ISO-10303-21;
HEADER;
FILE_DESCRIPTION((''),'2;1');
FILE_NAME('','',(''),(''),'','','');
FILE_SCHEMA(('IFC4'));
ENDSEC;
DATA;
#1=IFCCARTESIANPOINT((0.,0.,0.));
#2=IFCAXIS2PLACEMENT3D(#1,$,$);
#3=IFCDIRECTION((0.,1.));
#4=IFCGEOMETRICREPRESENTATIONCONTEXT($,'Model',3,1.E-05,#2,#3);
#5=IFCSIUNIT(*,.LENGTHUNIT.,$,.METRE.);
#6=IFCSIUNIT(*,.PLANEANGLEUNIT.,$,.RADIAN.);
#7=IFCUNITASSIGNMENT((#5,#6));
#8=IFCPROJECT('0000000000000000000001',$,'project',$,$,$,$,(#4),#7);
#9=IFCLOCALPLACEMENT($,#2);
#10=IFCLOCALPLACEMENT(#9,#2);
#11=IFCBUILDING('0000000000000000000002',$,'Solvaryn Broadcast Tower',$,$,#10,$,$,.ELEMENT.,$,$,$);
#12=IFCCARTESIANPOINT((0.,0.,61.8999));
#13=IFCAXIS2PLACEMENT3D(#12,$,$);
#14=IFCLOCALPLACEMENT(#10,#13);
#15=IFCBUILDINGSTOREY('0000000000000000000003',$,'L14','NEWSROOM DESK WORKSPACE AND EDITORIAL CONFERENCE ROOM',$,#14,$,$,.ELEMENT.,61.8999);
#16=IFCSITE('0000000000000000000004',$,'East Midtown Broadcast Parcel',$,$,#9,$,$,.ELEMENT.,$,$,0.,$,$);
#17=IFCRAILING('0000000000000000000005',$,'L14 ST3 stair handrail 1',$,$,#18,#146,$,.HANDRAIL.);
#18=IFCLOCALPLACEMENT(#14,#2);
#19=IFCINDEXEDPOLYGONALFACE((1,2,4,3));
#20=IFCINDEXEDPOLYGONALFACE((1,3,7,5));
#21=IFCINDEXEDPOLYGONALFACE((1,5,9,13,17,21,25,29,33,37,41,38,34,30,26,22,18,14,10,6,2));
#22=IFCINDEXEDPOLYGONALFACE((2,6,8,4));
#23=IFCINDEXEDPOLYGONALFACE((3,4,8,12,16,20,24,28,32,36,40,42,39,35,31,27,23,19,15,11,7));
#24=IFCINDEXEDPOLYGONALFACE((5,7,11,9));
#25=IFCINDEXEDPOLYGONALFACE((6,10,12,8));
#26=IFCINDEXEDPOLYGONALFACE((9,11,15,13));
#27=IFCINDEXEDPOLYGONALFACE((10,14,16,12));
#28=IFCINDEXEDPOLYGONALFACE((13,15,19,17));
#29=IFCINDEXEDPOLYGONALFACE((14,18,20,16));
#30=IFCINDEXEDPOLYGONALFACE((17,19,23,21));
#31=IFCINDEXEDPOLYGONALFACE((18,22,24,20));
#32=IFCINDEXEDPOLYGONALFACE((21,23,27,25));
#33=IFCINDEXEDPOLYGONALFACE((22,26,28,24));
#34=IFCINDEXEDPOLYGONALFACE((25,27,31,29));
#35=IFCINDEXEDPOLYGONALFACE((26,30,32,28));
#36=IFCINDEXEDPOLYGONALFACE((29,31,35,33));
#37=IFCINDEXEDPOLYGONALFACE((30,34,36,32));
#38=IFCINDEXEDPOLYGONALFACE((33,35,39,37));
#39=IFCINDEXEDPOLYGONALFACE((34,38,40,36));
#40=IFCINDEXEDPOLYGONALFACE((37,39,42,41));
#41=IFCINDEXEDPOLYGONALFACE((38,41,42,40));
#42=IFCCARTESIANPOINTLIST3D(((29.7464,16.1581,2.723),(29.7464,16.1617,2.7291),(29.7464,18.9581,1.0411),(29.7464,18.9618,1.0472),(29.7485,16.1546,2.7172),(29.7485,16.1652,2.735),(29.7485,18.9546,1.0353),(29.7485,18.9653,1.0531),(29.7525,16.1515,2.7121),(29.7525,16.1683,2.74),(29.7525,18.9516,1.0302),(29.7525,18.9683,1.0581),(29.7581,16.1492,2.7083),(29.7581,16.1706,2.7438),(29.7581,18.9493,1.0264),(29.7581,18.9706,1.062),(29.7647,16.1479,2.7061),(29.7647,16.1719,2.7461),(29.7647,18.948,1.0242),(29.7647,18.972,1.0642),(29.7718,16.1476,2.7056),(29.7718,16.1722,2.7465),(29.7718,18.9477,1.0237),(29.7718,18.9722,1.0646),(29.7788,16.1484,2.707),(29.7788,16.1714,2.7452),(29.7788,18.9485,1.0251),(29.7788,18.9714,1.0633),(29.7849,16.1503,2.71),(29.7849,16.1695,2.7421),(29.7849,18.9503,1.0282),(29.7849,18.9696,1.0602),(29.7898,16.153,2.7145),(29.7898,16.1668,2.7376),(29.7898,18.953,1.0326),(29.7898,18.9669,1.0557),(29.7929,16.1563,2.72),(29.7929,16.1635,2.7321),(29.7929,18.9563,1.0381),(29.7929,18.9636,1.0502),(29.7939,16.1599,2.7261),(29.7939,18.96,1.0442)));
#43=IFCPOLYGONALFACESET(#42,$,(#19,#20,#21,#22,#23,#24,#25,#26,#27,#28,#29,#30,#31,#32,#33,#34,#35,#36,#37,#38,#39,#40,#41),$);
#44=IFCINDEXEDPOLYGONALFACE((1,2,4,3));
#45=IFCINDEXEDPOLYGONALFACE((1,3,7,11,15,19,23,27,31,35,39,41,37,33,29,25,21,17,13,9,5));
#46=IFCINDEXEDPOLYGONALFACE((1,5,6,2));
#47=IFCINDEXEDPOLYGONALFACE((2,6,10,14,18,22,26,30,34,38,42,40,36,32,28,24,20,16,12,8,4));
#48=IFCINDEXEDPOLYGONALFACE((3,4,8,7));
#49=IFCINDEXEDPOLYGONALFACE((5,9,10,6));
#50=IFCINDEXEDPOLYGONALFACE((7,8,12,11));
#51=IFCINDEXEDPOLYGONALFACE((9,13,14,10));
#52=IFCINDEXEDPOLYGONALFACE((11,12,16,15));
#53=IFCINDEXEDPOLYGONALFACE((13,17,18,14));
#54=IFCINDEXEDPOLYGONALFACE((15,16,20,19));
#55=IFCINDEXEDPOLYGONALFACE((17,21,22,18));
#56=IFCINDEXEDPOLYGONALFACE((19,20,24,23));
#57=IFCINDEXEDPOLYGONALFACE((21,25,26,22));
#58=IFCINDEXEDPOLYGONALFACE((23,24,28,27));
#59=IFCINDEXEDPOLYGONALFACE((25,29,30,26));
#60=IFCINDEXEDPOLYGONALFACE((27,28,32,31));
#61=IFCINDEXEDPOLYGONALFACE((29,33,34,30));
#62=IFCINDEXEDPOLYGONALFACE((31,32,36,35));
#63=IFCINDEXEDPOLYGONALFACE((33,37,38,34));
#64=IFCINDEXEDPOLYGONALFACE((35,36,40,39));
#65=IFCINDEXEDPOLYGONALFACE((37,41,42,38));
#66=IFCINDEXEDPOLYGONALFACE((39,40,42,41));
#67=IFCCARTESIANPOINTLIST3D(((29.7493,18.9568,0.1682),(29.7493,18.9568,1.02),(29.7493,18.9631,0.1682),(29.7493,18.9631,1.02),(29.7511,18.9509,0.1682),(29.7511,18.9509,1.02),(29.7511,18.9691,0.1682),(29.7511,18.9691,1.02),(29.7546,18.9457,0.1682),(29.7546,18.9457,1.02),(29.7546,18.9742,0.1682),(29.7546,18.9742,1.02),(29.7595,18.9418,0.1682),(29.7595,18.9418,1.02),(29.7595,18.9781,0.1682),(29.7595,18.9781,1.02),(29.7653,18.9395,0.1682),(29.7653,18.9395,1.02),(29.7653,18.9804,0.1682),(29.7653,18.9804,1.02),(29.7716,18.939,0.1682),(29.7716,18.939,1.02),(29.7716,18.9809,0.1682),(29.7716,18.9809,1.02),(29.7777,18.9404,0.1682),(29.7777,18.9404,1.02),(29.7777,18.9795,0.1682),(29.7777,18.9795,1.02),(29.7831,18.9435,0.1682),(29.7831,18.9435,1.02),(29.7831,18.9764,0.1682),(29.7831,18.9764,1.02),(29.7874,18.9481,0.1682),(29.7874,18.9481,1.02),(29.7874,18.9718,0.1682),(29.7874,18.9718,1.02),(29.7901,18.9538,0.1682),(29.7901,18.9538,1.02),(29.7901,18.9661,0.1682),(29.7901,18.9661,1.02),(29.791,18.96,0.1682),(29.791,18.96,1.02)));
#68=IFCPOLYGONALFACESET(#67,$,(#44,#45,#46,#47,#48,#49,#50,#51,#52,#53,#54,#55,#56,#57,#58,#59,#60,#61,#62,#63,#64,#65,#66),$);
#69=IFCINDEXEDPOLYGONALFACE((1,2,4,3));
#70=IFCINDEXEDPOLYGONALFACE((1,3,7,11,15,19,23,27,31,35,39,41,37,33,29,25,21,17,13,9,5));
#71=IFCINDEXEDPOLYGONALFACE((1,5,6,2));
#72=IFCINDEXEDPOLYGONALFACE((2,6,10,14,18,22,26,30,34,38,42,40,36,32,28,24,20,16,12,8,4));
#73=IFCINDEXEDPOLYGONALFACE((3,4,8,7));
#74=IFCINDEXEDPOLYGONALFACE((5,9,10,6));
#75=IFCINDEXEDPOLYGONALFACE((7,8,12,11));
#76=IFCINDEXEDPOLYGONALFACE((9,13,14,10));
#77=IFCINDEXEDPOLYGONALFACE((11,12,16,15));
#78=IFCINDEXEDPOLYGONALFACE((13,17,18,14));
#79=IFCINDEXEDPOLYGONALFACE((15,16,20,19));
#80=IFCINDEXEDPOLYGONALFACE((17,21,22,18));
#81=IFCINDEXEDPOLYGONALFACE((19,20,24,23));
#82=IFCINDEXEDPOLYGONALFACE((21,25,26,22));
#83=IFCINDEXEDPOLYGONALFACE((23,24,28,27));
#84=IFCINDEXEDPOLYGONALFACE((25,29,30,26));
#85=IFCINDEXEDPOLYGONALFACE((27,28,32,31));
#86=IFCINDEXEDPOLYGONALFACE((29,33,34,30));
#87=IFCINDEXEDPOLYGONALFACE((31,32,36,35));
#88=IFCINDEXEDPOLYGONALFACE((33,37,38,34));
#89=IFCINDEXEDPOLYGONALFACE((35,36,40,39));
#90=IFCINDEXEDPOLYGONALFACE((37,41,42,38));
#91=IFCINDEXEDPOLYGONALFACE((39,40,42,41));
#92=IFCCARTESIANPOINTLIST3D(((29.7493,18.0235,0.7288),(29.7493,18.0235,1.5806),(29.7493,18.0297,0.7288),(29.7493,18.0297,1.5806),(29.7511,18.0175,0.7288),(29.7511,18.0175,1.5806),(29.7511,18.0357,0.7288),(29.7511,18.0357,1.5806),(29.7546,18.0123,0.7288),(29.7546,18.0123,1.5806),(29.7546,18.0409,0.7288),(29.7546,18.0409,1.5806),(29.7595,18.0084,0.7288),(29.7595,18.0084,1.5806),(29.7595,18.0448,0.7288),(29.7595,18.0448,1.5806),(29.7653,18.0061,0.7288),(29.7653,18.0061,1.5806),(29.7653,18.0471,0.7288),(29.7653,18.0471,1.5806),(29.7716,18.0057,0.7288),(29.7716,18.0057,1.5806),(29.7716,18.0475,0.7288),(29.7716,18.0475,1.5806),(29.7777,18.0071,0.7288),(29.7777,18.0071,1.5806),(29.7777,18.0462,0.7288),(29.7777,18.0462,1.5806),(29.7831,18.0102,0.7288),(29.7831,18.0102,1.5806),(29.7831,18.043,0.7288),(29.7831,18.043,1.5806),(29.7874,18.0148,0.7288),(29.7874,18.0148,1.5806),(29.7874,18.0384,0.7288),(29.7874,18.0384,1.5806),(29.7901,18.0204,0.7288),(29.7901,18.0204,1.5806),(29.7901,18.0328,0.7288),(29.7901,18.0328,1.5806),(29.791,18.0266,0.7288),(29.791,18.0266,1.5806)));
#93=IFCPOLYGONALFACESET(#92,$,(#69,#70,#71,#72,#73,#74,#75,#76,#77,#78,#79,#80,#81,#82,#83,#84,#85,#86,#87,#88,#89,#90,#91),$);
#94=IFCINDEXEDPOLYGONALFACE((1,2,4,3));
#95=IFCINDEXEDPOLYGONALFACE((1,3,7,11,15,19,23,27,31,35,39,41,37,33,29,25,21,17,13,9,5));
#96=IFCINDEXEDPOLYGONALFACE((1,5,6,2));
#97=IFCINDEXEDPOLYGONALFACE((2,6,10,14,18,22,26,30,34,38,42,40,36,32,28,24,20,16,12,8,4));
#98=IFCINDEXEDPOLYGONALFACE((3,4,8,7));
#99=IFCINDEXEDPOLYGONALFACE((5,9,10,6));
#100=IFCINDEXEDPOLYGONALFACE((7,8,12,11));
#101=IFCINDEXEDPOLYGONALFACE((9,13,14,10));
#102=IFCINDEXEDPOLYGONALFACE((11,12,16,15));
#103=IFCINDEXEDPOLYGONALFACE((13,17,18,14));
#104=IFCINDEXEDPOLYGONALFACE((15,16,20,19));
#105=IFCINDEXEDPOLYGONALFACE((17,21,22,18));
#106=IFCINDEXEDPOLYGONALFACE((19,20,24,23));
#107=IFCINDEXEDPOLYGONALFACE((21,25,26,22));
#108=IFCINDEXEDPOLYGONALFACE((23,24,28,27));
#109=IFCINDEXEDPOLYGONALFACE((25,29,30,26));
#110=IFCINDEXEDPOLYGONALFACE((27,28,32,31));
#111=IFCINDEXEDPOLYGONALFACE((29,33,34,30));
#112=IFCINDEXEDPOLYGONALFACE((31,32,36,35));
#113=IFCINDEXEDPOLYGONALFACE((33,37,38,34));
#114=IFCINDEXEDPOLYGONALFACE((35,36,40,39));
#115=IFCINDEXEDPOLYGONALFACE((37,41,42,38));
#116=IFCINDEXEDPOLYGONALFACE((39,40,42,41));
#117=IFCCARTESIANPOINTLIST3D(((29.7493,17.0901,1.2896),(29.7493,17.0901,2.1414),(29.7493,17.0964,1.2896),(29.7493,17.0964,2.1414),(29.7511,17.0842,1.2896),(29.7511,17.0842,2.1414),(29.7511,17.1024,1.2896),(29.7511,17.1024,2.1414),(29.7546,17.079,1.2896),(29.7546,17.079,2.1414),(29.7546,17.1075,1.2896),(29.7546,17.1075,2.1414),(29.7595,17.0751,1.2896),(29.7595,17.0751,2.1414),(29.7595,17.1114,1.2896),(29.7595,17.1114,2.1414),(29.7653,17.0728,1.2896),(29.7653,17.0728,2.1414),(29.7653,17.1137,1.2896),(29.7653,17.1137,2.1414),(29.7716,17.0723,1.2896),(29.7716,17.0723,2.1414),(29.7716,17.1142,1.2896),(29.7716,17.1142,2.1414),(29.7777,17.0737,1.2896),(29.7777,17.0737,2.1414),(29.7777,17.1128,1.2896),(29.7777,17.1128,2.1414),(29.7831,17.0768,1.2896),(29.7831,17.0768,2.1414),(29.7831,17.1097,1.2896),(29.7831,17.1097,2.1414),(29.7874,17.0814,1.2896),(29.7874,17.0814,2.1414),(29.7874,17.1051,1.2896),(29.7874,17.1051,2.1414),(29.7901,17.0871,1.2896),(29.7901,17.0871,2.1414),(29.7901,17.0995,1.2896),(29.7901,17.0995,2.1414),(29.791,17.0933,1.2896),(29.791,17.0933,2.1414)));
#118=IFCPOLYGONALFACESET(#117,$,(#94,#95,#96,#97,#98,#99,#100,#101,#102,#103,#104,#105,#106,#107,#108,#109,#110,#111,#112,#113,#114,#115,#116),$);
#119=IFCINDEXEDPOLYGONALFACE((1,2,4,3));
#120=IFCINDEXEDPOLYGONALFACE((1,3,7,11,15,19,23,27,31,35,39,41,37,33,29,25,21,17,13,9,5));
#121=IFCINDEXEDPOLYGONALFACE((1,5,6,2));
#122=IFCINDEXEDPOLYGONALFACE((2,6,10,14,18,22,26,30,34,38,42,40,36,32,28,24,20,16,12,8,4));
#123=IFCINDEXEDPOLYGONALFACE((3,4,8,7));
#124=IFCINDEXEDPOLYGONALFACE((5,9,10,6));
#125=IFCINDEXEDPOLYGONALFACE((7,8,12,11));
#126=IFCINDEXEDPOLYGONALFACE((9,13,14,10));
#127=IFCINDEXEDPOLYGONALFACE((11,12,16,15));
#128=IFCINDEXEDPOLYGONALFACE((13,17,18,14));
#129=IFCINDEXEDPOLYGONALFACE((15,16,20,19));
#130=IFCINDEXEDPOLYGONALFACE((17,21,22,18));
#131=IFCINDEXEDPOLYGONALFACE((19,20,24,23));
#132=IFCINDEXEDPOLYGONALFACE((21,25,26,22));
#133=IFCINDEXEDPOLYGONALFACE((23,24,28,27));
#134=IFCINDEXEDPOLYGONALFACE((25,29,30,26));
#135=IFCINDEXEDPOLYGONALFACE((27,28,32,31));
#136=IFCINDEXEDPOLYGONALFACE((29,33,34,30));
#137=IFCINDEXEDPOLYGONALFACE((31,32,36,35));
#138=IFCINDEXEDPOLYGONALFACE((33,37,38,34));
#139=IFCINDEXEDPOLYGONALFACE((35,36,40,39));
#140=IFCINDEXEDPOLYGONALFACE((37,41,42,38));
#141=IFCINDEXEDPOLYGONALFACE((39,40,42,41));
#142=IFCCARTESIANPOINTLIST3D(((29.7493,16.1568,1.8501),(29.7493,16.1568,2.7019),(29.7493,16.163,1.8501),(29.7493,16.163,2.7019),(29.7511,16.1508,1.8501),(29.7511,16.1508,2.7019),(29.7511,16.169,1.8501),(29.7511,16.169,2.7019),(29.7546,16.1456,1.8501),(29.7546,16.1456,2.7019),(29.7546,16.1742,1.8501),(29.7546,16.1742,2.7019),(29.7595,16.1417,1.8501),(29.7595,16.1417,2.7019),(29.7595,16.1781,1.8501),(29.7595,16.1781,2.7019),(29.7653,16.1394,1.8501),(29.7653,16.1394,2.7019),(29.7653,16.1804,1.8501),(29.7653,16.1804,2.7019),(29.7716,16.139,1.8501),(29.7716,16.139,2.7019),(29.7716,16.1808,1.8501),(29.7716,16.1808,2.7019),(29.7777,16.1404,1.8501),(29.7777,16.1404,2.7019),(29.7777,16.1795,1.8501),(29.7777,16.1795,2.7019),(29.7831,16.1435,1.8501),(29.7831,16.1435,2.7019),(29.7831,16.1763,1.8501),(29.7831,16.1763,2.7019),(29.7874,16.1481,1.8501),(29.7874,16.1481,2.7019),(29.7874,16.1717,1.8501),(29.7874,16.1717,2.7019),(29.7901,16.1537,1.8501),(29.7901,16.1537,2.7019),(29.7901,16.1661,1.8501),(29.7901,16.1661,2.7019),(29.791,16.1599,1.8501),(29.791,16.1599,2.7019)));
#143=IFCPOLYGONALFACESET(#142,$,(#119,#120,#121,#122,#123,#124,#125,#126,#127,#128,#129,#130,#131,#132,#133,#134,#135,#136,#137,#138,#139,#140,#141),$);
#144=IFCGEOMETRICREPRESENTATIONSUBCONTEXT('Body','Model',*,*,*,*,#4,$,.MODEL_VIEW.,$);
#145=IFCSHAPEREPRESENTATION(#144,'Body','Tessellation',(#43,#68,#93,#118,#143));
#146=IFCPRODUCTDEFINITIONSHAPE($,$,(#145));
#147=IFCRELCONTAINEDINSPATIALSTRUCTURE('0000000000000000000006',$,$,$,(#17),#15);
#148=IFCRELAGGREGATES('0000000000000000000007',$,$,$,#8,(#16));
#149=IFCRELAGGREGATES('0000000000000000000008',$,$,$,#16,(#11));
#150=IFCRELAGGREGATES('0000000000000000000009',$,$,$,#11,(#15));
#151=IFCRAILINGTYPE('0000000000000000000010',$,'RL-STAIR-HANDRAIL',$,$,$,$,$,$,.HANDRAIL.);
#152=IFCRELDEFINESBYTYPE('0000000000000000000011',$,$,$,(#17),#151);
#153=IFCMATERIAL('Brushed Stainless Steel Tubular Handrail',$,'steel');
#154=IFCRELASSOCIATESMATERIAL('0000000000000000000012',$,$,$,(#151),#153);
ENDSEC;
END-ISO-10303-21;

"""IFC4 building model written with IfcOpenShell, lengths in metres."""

from ifc_helpers import new_model, si_unit, direction, frame, origin, origin_2d, place, context, subcontext, project, spatial, circle, extrude, material, type_object, element, save


model = new_model("IFC4")

# Units and contexts
model_context = context("Model", 3, precision=1e-05, world=origin(), true_north=direction((0.0, 1.0)))
body_context = subcontext(model_context, "Body", "Model", "MODEL_VIEW")
ifc_project = project(units=[si_unit("LENGTHUNIT", "METRE"), si_unit("PLANEANGLEUNIT", "RADIAN")], contexts=[model_context])

# Site, building, storey
site_placement = place(None, origin())
site = spatial("IfcSite", under=ifc_project, at=site_placement, Name="East Midtown Broadcast Parcel", CompositionType="ELEMENT", RefElevation=0.0)
building_placement = place(site_placement, origin())
building = spatial("IfcBuilding", under=site, at=building_placement, Name="Solvaryn Broadcast Tower", CompositionType="ELEMENT")
storey_placement = place(building_placement, frame((0.0, 0.0, 61.8999)))
storey = spatial("IfcBuildingStorey", under=building, at=storey_placement, Name="L14", Description="NEWSROOM DESK WORKSPACE AND EDITORIAL CONFERENCE ROOM", CompositionType="ELEMENT", Elevation=61.8999)

# Railing
ifc_material_1 = material(Name="Brushed Stainless Steel Tubular Handrail", Category="steel")
railing_type_1 = type_object("IfcRailingType", Name="RL-STAIR-HANDRAIL", PredefinedType="HANDRAIL", material=ifc_material_1)
railing_1_placement = place(storey_placement, frame((29.77, 18.96, 0.1682)))
element("IfcRailing", 1, at=railing_1_placement, inside=storey, type_object=railing_type_1, Name="L14 ST3 stair handrail 1", PredefinedType="HANDRAIL", context=body_context, shape_type="SweptSolid", body=[
    extrude(circle(Radius=0.0239, at=origin_2d()), frame((0.0, 0.0, 0.876), z_axis=(0.0, -0.857242, 0.514913), x_axis=(1.0, 0.0, 0.0)), (0.0, 0.0, 1.0), 3.2664),
    extrude(circle(Radius=0.021, at=origin_2d()), origin(), (0.0, 0.0, 1.0), 0.8518),
    extrude(circle(Radius=0.021, at=origin_2d()), frame((0.0, -0.9333, 0.5605)), (0.0, 0.0, 1.0), 0.8518),
    extrude(circle(Radius=0.021, at=origin_2d()), frame((0.0, -1.8667, 1.1213)), (0.0, 0.0, 1.0), 0.8518),
    extrude(circle(Radius=0.021, at=origin_2d()), frame((0.0, -2.8, 1.6819)), (0.0, 0.0, 1.0), 0.8518),
])

save(model, "model.ifc")
